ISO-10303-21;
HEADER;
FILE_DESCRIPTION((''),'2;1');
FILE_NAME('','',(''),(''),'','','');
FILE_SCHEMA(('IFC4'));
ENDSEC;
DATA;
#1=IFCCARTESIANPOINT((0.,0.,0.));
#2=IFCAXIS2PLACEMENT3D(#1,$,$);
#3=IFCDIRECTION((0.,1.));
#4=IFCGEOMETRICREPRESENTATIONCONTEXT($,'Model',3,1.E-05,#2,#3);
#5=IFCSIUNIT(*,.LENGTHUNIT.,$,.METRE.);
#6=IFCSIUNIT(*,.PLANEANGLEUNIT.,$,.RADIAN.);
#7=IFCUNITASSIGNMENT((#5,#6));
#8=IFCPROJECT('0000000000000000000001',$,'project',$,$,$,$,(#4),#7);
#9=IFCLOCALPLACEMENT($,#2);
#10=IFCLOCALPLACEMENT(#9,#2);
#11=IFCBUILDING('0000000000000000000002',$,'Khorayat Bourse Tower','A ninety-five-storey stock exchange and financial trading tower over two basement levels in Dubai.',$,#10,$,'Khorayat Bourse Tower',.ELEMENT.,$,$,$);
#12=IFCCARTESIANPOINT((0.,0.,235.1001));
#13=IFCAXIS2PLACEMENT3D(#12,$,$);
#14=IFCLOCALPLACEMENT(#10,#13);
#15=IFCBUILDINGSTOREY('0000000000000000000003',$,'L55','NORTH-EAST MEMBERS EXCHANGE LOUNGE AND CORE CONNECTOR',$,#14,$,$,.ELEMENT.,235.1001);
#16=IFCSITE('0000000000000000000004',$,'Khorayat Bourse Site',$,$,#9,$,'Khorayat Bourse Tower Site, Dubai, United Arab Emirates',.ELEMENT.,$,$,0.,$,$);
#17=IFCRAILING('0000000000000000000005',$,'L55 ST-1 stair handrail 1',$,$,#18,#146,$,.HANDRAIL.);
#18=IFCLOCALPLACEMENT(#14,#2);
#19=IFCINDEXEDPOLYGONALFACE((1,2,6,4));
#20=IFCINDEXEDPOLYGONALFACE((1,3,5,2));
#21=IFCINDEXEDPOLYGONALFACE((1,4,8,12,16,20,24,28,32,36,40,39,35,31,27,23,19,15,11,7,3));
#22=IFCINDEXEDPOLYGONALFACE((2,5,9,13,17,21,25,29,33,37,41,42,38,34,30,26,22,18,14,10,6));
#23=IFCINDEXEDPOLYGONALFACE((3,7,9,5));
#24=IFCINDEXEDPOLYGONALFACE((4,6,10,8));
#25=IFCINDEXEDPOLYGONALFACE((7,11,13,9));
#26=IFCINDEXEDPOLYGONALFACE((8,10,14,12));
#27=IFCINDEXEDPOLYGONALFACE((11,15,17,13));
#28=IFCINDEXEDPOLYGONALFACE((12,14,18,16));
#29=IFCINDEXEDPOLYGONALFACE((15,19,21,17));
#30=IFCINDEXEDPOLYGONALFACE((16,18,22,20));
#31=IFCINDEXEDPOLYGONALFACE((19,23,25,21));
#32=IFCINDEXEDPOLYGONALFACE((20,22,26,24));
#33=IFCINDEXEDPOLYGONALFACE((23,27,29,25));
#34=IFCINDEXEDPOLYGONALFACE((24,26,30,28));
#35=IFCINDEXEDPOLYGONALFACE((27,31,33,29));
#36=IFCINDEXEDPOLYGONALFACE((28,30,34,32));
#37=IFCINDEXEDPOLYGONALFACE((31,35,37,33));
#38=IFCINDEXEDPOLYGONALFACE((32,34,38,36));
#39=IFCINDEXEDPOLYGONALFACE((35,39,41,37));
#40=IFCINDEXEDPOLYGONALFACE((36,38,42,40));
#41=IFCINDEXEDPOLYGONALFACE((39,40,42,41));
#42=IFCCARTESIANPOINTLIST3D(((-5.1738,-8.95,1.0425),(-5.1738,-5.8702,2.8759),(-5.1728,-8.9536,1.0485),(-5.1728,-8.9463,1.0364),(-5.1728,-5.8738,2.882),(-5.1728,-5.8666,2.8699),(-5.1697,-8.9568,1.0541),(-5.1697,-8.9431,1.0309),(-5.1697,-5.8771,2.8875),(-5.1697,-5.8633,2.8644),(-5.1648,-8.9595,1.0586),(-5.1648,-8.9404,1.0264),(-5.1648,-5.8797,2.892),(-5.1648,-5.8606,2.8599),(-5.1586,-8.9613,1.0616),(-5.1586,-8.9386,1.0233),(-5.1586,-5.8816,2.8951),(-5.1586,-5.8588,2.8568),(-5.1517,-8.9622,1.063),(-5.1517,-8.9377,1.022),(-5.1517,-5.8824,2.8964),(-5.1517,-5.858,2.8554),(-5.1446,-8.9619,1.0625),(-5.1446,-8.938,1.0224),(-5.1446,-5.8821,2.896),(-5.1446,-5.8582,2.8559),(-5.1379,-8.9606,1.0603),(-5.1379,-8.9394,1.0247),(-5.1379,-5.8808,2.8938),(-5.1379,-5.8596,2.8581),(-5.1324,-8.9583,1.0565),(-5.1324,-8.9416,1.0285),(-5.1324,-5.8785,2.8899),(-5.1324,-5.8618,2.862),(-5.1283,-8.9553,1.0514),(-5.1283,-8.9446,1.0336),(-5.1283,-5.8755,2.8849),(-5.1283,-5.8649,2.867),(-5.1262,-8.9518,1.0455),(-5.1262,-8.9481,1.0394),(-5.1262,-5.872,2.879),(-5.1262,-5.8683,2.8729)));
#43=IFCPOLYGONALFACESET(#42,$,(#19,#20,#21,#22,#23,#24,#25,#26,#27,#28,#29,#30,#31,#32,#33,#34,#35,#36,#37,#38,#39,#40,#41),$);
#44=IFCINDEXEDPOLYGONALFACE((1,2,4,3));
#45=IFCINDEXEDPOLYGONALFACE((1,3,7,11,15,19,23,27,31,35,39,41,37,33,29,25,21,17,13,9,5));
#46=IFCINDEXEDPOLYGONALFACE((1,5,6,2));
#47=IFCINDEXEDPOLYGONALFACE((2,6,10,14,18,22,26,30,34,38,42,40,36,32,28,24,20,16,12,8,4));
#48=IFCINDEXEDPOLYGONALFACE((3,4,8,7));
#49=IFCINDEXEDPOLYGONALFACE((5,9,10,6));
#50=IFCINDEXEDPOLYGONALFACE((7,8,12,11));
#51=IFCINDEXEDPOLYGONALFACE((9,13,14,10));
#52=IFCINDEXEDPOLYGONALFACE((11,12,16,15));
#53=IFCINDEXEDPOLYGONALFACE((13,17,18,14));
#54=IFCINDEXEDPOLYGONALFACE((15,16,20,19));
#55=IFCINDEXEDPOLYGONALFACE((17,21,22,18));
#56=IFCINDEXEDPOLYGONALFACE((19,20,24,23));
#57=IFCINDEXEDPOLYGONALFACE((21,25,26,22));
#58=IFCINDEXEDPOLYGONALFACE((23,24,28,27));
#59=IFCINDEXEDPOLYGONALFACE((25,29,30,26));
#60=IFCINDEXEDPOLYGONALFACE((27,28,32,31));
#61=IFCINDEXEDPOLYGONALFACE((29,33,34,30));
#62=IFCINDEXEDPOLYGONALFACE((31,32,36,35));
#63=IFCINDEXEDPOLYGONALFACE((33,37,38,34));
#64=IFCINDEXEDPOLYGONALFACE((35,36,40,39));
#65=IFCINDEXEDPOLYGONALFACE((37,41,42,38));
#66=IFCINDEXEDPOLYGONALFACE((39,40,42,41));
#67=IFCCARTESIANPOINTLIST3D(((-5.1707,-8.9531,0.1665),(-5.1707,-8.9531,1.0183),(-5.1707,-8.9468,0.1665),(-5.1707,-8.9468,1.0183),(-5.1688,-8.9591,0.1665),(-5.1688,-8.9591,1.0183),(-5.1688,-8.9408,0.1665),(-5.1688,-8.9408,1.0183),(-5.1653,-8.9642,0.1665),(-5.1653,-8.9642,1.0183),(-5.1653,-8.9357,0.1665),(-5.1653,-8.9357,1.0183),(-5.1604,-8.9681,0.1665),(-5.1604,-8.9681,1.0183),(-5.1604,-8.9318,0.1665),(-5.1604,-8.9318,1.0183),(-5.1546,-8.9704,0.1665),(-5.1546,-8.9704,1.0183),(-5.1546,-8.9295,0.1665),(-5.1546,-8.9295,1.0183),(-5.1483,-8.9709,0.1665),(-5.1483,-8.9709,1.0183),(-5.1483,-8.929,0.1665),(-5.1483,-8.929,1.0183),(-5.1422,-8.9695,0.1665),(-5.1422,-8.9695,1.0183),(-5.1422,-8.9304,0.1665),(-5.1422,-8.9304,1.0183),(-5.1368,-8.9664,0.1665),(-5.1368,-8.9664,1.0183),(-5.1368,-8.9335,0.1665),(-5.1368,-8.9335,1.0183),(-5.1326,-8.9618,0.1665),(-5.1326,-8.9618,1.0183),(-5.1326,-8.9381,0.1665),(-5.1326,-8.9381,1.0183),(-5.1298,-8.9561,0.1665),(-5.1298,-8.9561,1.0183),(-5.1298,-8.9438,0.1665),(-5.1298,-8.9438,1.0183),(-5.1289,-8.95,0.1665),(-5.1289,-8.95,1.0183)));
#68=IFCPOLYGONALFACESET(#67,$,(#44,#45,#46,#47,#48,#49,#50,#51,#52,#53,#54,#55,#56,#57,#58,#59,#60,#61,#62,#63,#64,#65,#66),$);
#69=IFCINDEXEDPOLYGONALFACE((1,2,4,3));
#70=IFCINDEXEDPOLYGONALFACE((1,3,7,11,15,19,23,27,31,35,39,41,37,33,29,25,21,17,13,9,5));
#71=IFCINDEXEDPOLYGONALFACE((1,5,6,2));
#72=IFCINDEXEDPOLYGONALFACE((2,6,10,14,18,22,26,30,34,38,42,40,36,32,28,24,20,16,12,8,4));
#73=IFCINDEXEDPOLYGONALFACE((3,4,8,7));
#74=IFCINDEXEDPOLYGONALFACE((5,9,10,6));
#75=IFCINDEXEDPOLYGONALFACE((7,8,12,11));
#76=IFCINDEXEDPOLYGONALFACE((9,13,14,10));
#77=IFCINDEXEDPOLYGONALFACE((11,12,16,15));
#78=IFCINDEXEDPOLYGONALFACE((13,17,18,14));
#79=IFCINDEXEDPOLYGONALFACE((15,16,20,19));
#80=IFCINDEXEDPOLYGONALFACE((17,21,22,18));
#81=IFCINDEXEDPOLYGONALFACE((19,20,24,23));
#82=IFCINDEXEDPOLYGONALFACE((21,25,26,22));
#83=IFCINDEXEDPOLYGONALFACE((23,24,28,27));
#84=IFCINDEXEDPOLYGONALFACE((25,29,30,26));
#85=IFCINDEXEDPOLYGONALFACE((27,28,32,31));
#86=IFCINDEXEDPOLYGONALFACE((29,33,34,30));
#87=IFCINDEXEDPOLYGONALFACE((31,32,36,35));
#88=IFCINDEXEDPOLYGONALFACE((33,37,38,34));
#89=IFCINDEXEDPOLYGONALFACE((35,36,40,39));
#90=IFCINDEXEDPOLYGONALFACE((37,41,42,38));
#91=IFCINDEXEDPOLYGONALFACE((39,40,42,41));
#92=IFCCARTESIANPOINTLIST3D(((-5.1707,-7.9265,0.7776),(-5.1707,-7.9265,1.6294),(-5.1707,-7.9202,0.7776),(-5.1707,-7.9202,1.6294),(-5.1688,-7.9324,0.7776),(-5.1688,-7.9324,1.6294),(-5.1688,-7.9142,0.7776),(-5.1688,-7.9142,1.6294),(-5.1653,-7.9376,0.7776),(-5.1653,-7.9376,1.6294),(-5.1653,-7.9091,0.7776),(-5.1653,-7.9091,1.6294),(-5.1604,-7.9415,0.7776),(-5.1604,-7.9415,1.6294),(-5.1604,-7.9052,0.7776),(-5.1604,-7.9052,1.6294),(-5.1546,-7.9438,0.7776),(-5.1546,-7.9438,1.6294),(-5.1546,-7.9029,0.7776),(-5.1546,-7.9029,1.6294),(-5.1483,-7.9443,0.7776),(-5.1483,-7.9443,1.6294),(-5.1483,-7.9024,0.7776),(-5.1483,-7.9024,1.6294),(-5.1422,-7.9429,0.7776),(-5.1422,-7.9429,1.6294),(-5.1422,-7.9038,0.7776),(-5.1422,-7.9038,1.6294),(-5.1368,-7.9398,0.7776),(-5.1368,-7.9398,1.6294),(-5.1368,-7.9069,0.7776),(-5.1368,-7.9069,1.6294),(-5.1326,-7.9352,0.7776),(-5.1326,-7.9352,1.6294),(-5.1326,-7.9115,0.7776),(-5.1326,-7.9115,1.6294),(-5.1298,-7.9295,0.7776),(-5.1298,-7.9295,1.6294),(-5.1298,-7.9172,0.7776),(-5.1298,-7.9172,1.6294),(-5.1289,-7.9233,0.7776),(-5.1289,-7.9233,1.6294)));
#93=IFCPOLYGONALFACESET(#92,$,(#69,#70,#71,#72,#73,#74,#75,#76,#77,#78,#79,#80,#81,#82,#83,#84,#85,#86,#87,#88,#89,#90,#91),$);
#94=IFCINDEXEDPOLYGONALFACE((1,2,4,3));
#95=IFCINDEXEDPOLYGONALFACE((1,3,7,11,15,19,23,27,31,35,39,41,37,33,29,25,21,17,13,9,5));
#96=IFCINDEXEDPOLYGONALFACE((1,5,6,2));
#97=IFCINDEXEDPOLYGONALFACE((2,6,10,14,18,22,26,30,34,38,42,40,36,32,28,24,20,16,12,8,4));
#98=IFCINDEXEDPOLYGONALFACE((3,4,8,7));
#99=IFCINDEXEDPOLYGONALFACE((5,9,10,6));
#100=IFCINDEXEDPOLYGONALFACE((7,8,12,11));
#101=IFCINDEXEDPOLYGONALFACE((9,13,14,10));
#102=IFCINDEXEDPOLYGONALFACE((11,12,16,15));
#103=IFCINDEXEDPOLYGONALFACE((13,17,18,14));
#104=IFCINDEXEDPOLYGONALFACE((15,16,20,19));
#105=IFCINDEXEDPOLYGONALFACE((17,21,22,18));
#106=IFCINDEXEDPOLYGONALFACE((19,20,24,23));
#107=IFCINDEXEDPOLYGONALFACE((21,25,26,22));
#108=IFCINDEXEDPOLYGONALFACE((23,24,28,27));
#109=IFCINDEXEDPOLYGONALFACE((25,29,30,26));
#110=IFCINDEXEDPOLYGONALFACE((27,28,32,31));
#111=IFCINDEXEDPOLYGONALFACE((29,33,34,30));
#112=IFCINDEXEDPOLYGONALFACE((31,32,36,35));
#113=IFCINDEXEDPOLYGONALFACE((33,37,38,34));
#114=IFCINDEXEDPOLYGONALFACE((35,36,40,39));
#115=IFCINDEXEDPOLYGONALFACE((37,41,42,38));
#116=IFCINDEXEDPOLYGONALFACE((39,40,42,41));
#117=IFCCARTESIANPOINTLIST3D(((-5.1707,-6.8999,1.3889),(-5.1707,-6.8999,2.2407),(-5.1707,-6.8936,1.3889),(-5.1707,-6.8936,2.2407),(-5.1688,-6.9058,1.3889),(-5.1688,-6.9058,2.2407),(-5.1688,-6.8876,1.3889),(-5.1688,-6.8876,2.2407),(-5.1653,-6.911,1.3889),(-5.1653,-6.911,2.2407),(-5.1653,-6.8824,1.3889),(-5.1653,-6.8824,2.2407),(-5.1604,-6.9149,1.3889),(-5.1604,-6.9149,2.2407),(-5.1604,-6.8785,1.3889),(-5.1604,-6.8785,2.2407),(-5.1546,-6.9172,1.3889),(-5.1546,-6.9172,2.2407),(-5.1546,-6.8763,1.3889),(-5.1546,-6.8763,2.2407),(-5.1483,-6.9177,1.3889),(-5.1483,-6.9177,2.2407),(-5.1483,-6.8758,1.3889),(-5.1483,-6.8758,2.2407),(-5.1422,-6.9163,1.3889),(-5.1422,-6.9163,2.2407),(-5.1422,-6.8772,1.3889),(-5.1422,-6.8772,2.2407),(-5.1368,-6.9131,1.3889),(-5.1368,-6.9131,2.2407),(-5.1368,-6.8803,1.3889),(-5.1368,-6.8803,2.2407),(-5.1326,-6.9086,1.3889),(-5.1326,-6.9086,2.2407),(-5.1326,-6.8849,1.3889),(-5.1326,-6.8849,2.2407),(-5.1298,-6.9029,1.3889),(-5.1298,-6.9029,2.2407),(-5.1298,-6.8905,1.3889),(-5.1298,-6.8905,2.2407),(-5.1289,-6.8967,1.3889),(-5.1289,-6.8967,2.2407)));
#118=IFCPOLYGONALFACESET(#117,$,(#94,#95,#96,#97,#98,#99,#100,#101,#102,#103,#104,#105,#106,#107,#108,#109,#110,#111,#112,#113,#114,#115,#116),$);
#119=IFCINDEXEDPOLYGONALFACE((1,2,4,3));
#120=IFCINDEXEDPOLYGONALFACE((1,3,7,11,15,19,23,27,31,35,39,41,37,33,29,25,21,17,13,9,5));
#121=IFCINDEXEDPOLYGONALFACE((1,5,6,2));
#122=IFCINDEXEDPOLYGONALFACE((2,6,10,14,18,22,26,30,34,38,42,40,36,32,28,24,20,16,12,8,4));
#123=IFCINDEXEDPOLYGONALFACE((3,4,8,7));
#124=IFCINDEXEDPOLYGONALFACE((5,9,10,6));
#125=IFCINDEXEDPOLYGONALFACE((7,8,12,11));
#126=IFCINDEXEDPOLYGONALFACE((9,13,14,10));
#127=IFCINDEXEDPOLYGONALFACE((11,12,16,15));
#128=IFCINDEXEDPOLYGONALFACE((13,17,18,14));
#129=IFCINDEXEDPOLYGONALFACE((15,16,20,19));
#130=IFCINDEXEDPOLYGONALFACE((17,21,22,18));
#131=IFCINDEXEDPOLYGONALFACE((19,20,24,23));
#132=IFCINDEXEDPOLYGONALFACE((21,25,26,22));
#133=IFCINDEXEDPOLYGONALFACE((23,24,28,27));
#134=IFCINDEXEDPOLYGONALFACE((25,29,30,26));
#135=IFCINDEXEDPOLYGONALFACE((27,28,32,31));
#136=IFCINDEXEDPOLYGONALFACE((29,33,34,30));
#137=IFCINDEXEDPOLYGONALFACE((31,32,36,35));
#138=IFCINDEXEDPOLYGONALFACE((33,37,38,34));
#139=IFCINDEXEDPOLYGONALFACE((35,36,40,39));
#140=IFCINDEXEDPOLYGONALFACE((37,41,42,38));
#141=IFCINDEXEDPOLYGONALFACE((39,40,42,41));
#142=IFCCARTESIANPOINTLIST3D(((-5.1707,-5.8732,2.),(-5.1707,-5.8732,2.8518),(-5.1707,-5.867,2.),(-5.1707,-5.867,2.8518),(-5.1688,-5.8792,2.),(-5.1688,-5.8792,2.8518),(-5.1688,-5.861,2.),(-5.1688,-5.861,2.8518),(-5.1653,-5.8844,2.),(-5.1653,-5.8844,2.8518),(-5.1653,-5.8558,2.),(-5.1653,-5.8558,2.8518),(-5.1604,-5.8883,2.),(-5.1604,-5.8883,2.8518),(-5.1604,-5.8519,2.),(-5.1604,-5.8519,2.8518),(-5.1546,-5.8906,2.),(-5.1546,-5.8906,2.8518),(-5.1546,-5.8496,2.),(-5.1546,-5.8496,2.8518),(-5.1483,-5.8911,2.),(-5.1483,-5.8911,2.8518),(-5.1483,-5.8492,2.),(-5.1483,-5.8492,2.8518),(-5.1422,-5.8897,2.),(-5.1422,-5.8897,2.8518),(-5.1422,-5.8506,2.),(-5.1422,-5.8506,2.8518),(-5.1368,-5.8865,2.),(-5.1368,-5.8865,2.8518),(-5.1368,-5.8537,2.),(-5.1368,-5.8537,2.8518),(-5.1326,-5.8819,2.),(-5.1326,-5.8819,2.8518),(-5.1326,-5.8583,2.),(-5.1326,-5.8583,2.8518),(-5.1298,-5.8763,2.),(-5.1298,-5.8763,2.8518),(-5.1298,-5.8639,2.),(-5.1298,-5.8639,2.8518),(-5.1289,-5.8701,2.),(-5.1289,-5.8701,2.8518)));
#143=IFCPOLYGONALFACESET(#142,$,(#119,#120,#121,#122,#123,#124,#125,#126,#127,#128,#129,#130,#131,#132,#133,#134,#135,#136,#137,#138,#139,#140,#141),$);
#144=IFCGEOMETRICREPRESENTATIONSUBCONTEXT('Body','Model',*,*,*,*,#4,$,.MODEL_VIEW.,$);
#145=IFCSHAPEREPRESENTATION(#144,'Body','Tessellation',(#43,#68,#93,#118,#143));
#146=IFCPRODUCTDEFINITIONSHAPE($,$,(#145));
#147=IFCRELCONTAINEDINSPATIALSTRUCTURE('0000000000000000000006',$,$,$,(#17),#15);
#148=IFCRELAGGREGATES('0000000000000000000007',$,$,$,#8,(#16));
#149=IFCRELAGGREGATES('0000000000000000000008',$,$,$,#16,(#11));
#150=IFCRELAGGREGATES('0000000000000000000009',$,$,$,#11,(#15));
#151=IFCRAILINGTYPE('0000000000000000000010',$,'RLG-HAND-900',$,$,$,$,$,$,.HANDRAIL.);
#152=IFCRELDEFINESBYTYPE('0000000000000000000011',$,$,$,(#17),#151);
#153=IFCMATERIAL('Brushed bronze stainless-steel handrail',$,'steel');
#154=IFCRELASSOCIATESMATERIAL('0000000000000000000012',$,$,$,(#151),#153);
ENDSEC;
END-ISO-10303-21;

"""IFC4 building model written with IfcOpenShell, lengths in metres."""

from ifc_helpers import new_model, si_unit, direction, frame, origin, origin_2d, place, context, subcontext, project, spatial, circle, extrude, source, transform, mapped, material, type_object, element, save


model = new_model("IFC4")

# Units and contexts
model_context = context("Model", 3, precision=1e-05, world=origin(), true_north=direction((0.0, 1.0)))
body_context = subcontext(model_context, "Body", "Model", "MODEL_VIEW")
ifc_project = project(units=[si_unit("LENGTHUNIT", "METRE"), si_unit("PLANEANGLEUNIT", "RADIAN")], contexts=[model_context])

# Site, building, storey
site_placement = place(None, origin())
site = spatial("IfcSite", under=ifc_project, at=site_placement, Name="Khorayat Bourse Site", LongName="Khorayat Bourse Tower Site, Dubai, United Arab Emirates", CompositionType="ELEMENT", RefElevation=0.0)
building_placement = place(site_placement, origin())
building = spatial("IfcBuilding", under=site, at=building_placement, Name="Khorayat Bourse Tower", Description="A ninety-five-storey stock exchange and financial trading tower over two basement levels in Dubai.", LongName="Khorayat Bourse Tower", CompositionType="ELEMENT")
storey_placement = place(building_placement, frame((0.0, 0.0, 235.1001)))
storey = spatial("IfcBuildingStorey", under=building, at=storey_placement, Name="L55", Description="NORTH-EAST MEMBERS EXCHANGE LOUNGE AND CORE CONNECTOR", CompositionType="ELEMENT", Elevation=235.1001)

# Railing
ifc_material_1 = material(Name="Brushed bronze stainless-steel handrail", Category="steel")
railing_type_1 = type_object("IfcRailingType", Name="RLG-HAND-900", PredefinedType="HANDRAIL", material=ifc_material_1)
shared_shape_1 = source(origin(), body_context, "Body", "SweptSolid", [
    extrude(circle(Radius=0.0239, at=origin_2d()), frame((0.0, 0.0, 0.876), z_axis=(0.0, 0.859261, 0.511538), x_axis=(-1.0, 0.0, 0.0)), (0.0, 0.0, 1.0), 3.5842),
    extrude(circle(Radius=0.021, at=origin_2d()), origin(), (0.0, 0.0, 1.0), 0.8518),
    extrude(circle(Radius=0.021, at=origin_2d()), frame((0.0, 1.0266, 0.6111)), (0.0, 0.0, 1.0), 0.8518),
    extrude(circle(Radius=0.021, at=origin_2d()), frame((0.0, 2.0532, 1.2224)), (0.0, 0.0, 1.0), 0.8518),
    extrude(circle(Radius=0.021, at=origin_2d()), frame((0.0, 3.0798, 1.8335)), (0.0, 0.0, 1.0), 0.8518),
])
railing_1_placement = place(storey_placement, frame((-5.1499, -8.95, 0.1665)))
element("IfcRailing", 1, at=railing_1_placement, inside=storey, type_object=railing_type_1, Name="L55 ST-1 stair handrail 1", PredefinedType="HANDRAIL", context=body_context, shape_type="MappedRepresentation", body=[
    mapped(shared_shape_1, transform((0.0, 0.0, 0.0), scale=1.0)),
])

save(model, "model.ifc")
